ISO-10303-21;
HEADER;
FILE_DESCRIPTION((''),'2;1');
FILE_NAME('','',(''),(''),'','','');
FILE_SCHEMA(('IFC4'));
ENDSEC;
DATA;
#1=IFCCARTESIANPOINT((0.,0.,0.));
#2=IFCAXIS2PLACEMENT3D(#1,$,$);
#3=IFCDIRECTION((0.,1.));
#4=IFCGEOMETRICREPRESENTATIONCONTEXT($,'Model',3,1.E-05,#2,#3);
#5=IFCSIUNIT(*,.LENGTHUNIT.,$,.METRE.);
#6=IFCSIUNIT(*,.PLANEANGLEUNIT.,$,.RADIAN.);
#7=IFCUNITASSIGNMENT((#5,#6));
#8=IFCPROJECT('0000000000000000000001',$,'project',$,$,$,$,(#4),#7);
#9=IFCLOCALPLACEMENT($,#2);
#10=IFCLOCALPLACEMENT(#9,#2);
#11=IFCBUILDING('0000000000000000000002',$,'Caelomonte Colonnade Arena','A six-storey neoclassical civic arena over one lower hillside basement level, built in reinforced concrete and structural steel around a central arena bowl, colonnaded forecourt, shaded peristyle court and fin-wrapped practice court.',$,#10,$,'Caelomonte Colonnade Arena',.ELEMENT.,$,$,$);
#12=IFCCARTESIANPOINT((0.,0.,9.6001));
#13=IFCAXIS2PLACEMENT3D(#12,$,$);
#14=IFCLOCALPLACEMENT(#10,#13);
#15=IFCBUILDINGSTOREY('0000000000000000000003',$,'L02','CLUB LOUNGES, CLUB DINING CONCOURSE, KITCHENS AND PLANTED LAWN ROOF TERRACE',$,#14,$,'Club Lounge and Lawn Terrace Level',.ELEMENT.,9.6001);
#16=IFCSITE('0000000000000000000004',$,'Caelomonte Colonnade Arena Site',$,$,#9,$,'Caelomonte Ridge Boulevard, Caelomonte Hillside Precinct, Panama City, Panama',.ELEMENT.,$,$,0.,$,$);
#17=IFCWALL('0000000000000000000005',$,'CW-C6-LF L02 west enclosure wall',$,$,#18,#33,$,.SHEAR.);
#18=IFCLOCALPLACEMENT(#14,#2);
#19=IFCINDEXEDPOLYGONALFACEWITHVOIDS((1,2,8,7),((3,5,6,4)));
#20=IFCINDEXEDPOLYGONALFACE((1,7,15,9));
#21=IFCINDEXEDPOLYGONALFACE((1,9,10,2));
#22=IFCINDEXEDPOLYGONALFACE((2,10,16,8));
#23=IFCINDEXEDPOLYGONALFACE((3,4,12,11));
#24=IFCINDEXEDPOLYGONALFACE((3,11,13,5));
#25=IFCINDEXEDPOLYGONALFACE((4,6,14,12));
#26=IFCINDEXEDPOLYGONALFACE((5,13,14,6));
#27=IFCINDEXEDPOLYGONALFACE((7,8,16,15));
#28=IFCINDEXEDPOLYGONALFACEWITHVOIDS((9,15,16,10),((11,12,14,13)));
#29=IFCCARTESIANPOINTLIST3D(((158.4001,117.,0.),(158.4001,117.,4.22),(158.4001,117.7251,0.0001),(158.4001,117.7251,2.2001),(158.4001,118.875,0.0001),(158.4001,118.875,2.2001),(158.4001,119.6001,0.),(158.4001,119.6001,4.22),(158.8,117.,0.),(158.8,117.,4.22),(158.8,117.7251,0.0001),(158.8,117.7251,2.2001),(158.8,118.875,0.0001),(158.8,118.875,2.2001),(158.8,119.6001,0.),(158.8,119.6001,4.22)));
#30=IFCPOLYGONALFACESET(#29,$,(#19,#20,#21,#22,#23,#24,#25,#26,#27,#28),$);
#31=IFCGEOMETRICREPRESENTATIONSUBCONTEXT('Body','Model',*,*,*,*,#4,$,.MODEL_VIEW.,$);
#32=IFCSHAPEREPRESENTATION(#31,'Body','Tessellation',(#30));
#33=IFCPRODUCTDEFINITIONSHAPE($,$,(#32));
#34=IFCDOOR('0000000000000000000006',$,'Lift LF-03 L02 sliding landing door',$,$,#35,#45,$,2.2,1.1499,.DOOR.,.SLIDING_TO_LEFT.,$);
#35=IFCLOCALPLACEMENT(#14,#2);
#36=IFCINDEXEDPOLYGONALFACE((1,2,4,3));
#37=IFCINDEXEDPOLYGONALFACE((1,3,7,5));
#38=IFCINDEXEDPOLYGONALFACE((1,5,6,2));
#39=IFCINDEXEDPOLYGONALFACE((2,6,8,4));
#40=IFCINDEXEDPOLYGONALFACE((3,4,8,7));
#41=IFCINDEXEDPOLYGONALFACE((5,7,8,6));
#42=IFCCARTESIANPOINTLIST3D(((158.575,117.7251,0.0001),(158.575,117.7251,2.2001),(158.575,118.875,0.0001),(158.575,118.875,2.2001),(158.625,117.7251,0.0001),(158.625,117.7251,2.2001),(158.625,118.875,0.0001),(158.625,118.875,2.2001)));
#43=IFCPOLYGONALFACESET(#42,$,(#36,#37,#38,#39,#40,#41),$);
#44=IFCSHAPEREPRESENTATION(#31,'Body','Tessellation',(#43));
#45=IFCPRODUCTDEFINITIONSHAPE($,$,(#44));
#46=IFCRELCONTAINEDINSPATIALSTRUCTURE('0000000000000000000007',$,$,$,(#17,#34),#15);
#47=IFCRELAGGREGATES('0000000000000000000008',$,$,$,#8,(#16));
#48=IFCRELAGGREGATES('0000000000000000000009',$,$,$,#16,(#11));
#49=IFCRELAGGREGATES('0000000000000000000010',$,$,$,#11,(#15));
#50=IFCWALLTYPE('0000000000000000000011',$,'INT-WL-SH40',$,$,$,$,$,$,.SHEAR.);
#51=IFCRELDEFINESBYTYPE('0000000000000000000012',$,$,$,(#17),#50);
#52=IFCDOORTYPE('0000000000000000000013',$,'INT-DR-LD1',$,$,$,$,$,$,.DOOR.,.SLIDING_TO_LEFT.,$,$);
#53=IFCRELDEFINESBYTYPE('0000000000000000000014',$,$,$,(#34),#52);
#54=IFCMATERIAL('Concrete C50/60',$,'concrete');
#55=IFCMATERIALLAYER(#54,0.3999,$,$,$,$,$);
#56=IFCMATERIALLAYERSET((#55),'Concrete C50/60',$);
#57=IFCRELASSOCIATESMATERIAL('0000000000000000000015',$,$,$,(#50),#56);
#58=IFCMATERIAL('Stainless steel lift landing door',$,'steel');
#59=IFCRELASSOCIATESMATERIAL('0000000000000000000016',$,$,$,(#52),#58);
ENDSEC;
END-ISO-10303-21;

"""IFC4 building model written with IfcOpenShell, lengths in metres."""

from ifc_helpers import new_model, si_unit, direction, frame, frame_2d, origin, place, context, subcontext, project, spatial, rectangle, extrude, material, layer, layer_set, type_object, element, fill, save


model = new_model("IFC4")

# Units and contexts
model_context = context("Model", 3, precision=1e-05, world=origin(), true_north=direction((0.0, 1.0)))
body_context = subcontext(model_context, "Body", "Model", "MODEL_VIEW")
ifc_project = project(units=[si_unit("LENGTHUNIT", "METRE"), si_unit("PLANEANGLEUNIT", "RADIAN")], contexts=[model_context])

# Site, building, storey
site_placement = place(None, origin())
site = spatial("IfcSite", under=ifc_project, at=site_placement, Name="Caelomonte Colonnade Arena Site", LongName="Caelomonte Ridge Boulevard, Caelomonte Hillside Precinct, Panama City, Panama", CompositionType="ELEMENT", RefElevation=0.0)
building_placement = place(site_placement, origin())
building = spatial("IfcBuilding", under=site, at=building_placement, Name="Caelomonte Colonnade Arena", Description="A six-storey neoclassical civic arena over one lower hillside basement level, built in reinforced concrete and structural steel around a central arena bowl, colonnaded forecourt, shaded peristyle court and fin-wrapped practice court.", LongName="Caelomonte Colonnade Arena", CompositionType="ELEMENT")
storey_placement = place(building_placement, frame((0.0, 0.0, 9.6001)))
storey = spatial("IfcBuildingStorey", under=building, at=storey_placement, Name="L02", Description="CLUB LOUNGES, CLUB DINING CONCOURSE, KITCHENS AND PLANTED LAWN ROOF TERRACE", LongName="Club Lounge and Lawn Terrace Level", CompositionType="ELEMENT", Elevation=9.6001)

# Shared definitions
ifc_material_1 = material(Name="Concrete C50/60", Category="concrete")
ifc_layer_1 = layer(ifc_material_1, 0.3999)
ifc_layer_set_1 = layer_set([ifc_layer_1], Name="Concrete C50/60")
wall_type_1 = type_object("IfcWallType", Name="INT-WL-SH40", PredefinedType="SHEAR", material=ifc_layer_set_1)

# Wall, opening, door
wall_1_placement = place(storey_placement, frame((158.6001, 119.6001, 0.0), z_axis=(0.0, 0.0, 1.0), x_axis=(0.0, -1.0, 0.0)))
wall_1 = element("IfcWall", 1, at=wall_1_placement, inside=storey, type_object=wall_type_1, Name="CW-C6-LF L02 west enclosure wall", PredefinedType="SHEAR", context=body_context, shape_type="SweptSolid", body=[
    extrude(rectangle(XDim=2.6001, YDim=0.3999, at=frame_2d((1.3, 0.0))), origin(), (0.0, 0.0, 1.0), 4.22),
])
opening_placement = place(wall_1_placement, frame((0.7251, 0.0, 0.0), z_axis=(0.0, 0.0, 1.0), x_axis=(1.0, 0.0, 0.0)))
opening = element("IfcOpeningElement", 2, at=opening_placement, cuts=wall_1, PredefinedType="OPENING", context=body_context, shape_type="SweptSolid", body=[
    extrude(rectangle(XDim=1.1499, YDim=2.2, at=frame_2d((0.575, 1.1001))), frame((0.0, 0.21, 0.0), z_axis=(0.0, -1.0, 0.0), x_axis=(1.0, 0.0, 0.0)), (0.0, 0.0, 1.0), 0.4199),
])
ifc_material_2 = material(Name="Stainless steel lift landing door", Category="steel")
door_type = type_object("IfcDoorType", Name="INT-DR-LD1", OperationType="SLIDING_TO_LEFT", PredefinedType="DOOR", material=ifc_material_2)
door_placement = place(opening_placement, origin())
door = element("IfcDoor", 3, at=door_placement, inside=storey, type_object=door_type, Name="Lift LF-03 L02 sliding landing door", OperationType="SLIDING_TO_LEFT", OverallHeight=2.2, OverallWidth=1.1499, PredefinedType="DOOR", context=body_context, shape_type="SweptSolid", body=[
    extrude(rectangle(XDim=1.1499, YDim=2.2, at=frame_2d((0.575, 1.1001))), frame((0.0, 0.0249, 0.0), z_axis=(0.0, -1.0, 0.0), x_axis=(1.0, 0.0, 0.0)), (0.0, 0.0, 1.0), 0.05),
])
fill(opening, door)

save(model, "model.ifc")
